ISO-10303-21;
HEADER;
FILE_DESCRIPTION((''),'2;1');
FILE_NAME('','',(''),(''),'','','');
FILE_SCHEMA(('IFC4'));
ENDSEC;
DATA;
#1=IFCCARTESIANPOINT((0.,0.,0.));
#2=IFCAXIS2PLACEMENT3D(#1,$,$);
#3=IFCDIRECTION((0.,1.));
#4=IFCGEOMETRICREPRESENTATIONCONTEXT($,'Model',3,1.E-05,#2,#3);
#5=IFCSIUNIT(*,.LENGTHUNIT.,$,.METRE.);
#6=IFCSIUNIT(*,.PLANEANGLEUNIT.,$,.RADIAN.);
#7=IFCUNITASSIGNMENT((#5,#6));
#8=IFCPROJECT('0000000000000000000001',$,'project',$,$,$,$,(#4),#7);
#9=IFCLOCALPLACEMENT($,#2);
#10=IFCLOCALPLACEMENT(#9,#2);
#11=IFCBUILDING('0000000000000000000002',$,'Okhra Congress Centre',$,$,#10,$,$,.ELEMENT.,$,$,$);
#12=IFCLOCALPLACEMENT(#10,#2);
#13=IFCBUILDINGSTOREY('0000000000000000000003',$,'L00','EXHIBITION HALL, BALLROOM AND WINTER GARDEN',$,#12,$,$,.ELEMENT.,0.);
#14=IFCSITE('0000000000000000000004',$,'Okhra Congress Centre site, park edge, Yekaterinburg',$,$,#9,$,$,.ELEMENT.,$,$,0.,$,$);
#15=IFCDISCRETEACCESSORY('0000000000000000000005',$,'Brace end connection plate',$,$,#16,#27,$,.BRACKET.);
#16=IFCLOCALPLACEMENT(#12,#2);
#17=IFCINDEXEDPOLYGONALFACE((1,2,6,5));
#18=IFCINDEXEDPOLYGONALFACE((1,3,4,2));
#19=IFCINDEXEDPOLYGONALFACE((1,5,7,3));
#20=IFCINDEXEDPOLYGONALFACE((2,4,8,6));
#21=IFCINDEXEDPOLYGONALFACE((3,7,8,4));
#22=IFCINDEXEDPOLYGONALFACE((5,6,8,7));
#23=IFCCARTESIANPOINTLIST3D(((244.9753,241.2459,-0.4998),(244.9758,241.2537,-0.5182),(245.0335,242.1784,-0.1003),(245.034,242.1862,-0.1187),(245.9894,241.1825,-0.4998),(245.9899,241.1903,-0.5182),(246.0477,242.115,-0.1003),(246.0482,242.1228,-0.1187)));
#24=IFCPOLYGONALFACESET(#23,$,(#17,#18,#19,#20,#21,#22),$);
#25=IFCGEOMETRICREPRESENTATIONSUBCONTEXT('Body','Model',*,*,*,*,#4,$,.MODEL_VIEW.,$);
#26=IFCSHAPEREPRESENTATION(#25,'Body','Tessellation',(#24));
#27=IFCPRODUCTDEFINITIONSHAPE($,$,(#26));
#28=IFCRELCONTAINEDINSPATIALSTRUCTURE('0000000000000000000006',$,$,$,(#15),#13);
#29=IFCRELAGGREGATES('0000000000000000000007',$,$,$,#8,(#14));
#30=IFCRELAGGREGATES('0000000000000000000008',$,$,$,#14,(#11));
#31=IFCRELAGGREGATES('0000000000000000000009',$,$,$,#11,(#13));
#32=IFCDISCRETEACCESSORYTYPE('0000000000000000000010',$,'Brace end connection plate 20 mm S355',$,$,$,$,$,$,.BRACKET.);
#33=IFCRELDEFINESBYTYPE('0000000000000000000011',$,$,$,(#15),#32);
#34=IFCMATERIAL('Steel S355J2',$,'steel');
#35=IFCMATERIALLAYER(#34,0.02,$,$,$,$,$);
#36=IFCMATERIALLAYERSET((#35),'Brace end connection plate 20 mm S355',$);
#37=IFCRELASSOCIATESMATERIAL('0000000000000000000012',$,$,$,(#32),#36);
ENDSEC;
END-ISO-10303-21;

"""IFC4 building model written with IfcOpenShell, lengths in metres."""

from ifc_helpers import new_model, si_unit, direction, frame, origin, origin_2d, place, context, subcontext, project, spatial, rectangle, extrude, material, layer, layer_set, type_object, element, save


model = new_model("IFC4")

# Units and contexts
model_context = context("Model", 3, precision=1e-05, world=origin(), true_north=direction((0.0, 1.0)))
body_context = subcontext(model_context, "Body", "Model", "MODEL_VIEW")
ifc_project = project(units=[si_unit("LENGTHUNIT", "METRE"), si_unit("PLANEANGLEUNIT", "RADIAN")], contexts=[model_context])

# Site, building, storey
site_placement = place(None, origin())
site = spatial("IfcSite", under=ifc_project, at=site_placement, Name="Okhra Congress Centre site, park edge, Yekaterinburg", CompositionType="ELEMENT", RefElevation=0.0)
building_placement = place(site_placement, origin())
building = spatial("IfcBuilding", under=site, at=building_placement, Name="Okhra Congress Centre", CompositionType="ELEMENT")
storey_placement = place(building_placement, origin())
storey = spatial("IfcBuildingStorey", under=building, at=storey_placement, Name="L00", Description="EXHIBITION HALL, BALLROOM AND WINTER GARDEN", CompositionType="ELEMENT", Elevation=0.0)

# Discrete accessory
ifc_material_1 = material(Name="Steel S355J2", Category="steel")
ifc_layer_1 = layer(ifc_material_1, 0.02)
ifc_layer_set_1 = layer_set([ifc_layer_1], Name="Brace end connection plate 20 mm S355")
discrete_accessory_type = type_object("IfcDiscreteAccessoryType", Name="Brace end connection plate 20 mm S355", PredefinedType="BRACKET", material=ifc_layer_set_1)
discrete_accessory_placement = place(storey_placement, frame((245.5115, 241.6804, -0.3), z_axis=(0.02452, 0.392321, -0.919502), x_axis=(-0.998053, 0.062378, 0.0)))
element("IfcDiscreteAccessory", 1, at=discrete_accessory_placement, inside=storey, type_object=discrete_accessory_type, Name="Brace end connection plate", PredefinedType="BRACKET", context=body_context, shape_type="SweptSolid", body=[
    extrude(rectangle(XDim=1.0161, YDim=1.0161, at=origin_2d()), origin(), (0.0, 0.0, 1.0), 0.02),
])

save(model, "model.ifc")
